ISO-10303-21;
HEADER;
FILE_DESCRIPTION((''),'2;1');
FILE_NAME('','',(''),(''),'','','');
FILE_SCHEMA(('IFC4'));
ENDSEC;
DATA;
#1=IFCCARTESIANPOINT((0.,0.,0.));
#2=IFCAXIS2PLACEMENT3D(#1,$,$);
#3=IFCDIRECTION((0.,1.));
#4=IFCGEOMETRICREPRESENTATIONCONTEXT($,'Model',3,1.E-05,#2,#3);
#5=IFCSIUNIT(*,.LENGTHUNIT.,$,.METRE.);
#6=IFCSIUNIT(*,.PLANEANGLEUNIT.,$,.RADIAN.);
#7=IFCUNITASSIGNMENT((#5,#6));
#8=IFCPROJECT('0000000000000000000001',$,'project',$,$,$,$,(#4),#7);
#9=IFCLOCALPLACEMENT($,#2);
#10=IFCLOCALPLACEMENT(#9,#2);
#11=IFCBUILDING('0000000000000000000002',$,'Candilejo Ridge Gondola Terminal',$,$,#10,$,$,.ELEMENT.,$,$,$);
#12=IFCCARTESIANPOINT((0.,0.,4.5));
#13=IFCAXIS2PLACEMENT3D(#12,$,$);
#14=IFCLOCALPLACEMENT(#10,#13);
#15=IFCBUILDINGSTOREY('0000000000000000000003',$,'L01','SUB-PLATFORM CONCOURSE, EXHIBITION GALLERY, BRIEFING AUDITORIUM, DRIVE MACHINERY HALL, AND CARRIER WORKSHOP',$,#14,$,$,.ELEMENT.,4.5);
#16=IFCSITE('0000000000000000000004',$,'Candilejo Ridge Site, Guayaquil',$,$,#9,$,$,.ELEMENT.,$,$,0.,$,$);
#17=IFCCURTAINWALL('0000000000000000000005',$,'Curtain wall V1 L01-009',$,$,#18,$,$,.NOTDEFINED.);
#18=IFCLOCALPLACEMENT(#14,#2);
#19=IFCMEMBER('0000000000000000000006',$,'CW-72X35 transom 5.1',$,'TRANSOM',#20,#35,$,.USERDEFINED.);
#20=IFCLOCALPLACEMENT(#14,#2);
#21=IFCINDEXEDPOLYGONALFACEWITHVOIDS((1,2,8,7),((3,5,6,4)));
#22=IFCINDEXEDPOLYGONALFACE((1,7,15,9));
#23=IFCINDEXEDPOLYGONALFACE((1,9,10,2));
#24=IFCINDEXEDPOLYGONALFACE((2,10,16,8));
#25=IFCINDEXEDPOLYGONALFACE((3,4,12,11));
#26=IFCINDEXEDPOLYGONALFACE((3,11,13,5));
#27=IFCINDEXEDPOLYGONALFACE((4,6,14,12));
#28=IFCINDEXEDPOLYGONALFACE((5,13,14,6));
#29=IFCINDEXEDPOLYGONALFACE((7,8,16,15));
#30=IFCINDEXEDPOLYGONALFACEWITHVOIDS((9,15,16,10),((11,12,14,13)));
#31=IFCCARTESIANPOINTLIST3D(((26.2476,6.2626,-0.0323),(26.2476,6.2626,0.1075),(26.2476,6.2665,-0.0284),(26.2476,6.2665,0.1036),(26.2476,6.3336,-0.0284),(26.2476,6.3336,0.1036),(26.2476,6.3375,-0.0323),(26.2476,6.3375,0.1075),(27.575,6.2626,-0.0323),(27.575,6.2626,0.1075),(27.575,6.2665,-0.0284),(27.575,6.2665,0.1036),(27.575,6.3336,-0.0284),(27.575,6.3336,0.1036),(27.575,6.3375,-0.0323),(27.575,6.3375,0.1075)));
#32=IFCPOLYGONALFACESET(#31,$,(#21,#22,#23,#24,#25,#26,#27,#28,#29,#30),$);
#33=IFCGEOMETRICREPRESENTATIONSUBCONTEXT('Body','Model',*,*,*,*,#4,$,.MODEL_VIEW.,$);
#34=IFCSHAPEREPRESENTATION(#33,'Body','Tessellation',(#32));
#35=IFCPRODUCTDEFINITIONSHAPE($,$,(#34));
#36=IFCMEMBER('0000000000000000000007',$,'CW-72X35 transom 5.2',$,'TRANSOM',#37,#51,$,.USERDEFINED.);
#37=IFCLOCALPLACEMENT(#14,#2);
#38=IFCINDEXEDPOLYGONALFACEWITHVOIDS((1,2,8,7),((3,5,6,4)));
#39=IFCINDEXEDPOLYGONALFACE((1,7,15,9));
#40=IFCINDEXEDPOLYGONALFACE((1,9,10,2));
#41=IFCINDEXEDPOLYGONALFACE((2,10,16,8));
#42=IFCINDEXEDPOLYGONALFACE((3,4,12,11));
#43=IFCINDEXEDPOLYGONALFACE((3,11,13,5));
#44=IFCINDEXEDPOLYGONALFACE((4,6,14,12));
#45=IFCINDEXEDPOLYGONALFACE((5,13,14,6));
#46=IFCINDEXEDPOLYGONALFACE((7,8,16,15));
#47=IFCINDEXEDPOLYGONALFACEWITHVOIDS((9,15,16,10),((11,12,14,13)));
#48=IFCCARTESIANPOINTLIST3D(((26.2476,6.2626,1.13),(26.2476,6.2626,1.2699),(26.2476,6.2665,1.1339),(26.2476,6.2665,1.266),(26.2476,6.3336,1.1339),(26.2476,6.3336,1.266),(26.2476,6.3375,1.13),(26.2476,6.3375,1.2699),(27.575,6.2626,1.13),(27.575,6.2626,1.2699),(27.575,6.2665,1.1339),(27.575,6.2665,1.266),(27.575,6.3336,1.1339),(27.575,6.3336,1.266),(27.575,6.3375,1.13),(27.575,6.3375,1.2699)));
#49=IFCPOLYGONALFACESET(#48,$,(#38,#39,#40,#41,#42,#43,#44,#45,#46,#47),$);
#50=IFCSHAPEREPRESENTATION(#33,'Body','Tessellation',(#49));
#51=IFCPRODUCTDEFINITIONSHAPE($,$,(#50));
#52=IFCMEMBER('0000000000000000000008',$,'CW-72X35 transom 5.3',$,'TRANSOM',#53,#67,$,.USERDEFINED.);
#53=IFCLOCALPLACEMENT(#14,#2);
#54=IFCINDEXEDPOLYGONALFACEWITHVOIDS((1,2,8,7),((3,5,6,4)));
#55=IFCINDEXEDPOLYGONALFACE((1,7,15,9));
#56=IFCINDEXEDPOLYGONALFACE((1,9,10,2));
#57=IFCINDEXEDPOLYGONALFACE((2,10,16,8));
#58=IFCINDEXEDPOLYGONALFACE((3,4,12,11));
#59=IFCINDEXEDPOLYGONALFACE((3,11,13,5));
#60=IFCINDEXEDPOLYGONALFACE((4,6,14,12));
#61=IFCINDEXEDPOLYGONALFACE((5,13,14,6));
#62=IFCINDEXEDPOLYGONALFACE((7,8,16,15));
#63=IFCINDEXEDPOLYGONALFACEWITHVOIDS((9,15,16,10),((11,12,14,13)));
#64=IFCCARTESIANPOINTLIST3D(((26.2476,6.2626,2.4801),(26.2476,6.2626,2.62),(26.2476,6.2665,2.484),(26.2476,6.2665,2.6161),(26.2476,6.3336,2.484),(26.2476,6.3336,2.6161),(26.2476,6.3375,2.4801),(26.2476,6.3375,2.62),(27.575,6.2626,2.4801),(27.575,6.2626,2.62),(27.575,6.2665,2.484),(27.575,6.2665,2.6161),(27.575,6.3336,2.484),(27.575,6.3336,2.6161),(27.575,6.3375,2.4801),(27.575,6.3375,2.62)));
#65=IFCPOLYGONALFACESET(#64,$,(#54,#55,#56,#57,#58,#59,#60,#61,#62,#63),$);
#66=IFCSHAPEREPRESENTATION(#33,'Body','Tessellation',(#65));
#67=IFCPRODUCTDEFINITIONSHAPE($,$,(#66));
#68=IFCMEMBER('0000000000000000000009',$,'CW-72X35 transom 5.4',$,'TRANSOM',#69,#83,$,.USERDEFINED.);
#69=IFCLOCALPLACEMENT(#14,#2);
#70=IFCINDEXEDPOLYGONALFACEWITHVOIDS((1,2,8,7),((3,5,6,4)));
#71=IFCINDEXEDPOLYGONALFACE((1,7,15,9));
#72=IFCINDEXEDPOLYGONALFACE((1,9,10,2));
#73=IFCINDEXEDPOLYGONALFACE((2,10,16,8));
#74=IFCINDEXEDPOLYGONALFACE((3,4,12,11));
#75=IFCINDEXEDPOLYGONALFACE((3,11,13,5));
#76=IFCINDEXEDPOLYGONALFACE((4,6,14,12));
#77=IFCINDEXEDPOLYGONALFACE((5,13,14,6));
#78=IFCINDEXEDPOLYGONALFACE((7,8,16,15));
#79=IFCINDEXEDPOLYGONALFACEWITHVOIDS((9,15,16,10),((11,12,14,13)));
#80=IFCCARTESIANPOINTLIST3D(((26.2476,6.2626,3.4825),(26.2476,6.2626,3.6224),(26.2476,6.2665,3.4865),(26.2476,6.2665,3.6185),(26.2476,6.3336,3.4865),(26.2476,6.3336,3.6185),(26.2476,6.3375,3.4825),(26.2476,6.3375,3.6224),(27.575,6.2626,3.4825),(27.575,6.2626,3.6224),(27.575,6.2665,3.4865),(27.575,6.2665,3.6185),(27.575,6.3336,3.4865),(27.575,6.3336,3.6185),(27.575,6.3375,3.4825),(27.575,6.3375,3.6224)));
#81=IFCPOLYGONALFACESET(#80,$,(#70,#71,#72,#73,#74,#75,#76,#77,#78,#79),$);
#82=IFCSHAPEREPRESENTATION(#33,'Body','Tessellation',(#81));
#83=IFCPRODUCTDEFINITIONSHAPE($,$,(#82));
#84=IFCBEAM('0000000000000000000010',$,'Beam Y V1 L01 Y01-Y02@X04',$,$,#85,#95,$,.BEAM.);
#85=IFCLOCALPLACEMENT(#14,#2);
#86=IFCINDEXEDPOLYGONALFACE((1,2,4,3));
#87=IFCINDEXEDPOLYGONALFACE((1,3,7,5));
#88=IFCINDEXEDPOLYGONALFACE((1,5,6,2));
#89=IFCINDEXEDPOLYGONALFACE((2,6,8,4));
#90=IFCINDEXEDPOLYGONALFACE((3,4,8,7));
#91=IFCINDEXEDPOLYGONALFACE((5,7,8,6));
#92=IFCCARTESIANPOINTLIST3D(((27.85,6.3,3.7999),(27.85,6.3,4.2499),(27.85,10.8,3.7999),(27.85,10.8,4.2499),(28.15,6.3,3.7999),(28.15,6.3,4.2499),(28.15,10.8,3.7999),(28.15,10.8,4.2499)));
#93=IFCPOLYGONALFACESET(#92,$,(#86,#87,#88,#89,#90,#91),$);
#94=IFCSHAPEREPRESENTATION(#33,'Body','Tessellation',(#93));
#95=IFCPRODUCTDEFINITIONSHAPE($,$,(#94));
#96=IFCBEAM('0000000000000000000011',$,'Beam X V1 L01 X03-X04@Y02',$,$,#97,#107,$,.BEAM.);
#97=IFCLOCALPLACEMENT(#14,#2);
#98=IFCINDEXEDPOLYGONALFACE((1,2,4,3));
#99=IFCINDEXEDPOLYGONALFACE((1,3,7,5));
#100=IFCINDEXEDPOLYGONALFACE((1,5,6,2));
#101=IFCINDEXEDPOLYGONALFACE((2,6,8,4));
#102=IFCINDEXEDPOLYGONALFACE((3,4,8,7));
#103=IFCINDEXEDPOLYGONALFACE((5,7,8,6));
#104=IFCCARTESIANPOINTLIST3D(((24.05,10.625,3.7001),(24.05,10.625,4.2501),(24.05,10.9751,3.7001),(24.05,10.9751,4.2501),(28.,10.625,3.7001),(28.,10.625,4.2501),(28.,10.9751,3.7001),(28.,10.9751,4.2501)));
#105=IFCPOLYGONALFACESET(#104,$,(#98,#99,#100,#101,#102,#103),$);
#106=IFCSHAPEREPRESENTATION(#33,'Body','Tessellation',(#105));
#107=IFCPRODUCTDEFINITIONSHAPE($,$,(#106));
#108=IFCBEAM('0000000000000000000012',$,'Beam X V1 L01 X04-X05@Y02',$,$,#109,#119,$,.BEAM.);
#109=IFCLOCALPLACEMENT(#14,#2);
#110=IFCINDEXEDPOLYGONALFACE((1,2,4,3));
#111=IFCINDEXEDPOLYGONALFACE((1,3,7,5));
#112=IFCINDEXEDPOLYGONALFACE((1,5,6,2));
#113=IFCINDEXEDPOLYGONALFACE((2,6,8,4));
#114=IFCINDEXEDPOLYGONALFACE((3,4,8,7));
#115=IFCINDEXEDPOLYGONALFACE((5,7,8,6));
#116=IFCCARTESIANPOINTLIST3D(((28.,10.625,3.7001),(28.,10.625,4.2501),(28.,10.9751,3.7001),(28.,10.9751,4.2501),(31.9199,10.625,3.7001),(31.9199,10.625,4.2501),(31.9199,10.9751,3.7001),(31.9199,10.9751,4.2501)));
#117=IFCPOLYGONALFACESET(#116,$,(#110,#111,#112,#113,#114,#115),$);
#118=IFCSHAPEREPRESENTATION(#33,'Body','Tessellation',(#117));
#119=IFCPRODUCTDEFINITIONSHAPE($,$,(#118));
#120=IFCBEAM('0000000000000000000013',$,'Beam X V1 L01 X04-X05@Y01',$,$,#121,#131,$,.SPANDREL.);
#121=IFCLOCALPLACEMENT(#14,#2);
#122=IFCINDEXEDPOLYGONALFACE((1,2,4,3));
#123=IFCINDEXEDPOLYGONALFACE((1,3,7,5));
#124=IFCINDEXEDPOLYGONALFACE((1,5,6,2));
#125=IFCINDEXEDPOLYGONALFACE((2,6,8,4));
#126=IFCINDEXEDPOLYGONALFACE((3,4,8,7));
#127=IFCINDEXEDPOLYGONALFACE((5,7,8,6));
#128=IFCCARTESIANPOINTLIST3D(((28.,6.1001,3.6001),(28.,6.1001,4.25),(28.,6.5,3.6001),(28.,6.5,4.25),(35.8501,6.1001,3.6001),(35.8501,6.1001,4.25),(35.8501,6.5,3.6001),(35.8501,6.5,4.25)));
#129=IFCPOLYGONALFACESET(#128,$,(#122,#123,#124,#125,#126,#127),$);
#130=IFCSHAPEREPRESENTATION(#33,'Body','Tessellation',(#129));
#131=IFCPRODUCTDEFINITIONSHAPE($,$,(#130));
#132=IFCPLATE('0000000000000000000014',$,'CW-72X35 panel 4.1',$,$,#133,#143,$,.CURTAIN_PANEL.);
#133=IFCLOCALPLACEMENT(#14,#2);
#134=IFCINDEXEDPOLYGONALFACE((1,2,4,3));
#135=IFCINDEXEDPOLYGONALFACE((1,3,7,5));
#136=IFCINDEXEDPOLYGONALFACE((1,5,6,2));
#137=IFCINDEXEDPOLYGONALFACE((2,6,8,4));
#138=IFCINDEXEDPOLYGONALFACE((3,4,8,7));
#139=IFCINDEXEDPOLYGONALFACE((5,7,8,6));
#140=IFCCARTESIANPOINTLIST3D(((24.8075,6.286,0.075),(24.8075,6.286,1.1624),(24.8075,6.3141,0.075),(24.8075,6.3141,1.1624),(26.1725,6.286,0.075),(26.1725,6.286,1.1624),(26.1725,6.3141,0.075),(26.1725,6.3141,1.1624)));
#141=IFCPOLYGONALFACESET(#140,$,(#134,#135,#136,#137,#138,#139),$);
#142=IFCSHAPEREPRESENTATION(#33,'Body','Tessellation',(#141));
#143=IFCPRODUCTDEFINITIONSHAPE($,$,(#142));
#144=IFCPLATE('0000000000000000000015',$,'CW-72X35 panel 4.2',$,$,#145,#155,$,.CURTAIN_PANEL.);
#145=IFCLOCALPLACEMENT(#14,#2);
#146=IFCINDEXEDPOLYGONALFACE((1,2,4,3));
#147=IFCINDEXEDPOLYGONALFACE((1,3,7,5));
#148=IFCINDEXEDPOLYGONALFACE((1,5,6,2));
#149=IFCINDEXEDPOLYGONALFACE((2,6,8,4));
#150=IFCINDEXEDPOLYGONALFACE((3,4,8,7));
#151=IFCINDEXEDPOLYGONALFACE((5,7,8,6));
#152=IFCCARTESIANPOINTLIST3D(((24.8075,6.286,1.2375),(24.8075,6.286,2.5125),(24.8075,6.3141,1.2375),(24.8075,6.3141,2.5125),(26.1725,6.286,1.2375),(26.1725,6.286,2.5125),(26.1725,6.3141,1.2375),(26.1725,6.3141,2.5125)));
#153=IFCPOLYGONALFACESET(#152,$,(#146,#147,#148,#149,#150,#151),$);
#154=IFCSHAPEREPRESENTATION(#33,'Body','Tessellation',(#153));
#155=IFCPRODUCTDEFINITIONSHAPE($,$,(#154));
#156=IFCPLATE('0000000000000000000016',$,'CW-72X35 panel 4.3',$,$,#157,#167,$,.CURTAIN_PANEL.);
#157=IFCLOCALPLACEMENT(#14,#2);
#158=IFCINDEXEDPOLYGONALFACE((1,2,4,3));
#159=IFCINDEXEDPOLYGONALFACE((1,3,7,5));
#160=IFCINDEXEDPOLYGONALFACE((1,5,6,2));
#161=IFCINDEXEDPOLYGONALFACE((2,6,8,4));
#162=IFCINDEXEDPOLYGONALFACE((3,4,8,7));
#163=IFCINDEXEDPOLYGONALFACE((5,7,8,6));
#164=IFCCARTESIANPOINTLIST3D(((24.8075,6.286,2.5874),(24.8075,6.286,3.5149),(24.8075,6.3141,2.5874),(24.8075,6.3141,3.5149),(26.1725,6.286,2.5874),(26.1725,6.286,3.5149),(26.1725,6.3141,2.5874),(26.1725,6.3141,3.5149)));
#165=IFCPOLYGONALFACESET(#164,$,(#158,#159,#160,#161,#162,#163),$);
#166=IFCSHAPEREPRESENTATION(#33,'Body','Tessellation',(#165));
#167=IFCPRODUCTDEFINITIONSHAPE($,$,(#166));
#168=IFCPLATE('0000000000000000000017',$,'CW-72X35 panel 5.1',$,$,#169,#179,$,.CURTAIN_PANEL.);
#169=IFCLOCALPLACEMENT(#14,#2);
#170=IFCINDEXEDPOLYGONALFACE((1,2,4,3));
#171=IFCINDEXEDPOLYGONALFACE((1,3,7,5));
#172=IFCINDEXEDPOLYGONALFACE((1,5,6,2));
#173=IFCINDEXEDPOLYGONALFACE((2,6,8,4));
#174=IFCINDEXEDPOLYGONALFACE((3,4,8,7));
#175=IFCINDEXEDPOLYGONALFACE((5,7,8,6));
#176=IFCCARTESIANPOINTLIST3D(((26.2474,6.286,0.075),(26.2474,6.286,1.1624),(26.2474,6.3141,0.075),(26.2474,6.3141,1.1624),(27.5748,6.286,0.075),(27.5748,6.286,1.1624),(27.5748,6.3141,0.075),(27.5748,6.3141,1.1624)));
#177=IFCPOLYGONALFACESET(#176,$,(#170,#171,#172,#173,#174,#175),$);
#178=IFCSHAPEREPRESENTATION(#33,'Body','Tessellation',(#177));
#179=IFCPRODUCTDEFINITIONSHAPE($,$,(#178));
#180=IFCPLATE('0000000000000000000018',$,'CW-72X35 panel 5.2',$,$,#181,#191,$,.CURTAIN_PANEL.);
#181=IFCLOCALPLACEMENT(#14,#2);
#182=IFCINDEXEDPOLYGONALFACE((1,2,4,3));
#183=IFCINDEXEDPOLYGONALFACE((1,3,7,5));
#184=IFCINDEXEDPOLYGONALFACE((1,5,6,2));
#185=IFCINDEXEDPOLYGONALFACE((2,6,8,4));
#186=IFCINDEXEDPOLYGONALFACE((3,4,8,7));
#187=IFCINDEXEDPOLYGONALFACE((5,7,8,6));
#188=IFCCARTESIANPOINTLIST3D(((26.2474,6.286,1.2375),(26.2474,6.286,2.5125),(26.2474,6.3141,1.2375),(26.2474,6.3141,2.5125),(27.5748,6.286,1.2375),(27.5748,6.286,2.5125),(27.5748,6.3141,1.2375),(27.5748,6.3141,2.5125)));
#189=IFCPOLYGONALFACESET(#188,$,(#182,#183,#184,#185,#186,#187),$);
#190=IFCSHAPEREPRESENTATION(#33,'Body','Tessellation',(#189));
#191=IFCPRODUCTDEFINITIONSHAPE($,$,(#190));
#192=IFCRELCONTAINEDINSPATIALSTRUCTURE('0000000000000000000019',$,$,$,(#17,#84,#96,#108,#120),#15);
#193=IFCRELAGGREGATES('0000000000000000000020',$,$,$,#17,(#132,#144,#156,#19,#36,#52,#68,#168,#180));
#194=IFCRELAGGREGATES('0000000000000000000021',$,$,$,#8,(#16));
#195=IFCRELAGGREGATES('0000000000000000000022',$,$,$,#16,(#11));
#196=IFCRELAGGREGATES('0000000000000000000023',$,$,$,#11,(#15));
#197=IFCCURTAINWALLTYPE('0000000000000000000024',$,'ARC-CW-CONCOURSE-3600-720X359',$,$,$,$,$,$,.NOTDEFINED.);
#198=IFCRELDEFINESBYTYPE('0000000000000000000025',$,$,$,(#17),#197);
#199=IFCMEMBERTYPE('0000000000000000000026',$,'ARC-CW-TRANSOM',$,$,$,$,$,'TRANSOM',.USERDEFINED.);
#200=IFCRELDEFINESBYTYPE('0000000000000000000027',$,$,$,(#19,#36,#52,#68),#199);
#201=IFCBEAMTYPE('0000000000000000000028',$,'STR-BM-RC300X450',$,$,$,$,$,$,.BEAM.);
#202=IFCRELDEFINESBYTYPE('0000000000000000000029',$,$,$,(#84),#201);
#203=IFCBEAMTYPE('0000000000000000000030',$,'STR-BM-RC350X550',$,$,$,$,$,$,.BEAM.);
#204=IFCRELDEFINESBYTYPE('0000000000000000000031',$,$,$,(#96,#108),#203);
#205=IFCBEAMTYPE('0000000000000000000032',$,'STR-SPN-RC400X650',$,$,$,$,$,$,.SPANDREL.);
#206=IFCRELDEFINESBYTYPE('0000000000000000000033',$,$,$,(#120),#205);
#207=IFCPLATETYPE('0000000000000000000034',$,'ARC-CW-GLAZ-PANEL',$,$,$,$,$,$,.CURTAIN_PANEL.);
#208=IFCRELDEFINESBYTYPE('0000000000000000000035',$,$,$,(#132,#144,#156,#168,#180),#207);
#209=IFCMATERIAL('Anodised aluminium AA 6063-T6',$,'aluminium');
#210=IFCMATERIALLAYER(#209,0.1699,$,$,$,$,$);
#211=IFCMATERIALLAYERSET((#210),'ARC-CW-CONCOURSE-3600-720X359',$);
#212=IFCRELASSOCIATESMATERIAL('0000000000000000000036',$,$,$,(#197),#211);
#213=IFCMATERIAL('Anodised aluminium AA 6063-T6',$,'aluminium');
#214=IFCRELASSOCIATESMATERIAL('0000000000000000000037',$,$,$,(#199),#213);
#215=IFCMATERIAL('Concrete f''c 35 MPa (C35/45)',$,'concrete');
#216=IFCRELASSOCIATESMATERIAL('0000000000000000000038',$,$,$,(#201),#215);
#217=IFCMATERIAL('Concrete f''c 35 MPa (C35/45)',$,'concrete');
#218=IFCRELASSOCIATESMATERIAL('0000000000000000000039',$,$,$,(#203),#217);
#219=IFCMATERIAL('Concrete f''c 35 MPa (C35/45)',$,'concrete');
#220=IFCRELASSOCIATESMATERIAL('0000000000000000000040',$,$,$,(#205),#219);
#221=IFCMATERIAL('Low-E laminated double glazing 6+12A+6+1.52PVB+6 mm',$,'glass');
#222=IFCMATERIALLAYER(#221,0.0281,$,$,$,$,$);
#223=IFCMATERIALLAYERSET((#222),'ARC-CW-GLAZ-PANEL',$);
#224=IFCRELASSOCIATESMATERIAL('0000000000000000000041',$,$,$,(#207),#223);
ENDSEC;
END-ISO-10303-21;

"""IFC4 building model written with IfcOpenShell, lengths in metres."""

from ifc_helpers import new_model, si_unit, direction, frame, origin, origin_2d, place, context, subcontext, project, spatial, rectangle, hollow_rectangle, extrude, material, layer, layer_set, material_profile, profile_set, type_object, element, aggregate, save


model = new_model("IFC4")

# Units and contexts
model_context = context("Model", 3, precision=1e-05, world=origin(), true_north=direction((0.0, 1.0)))
body_context = subcontext(model_context, "Body", "Model", "MODEL_VIEW")
ifc_project = project(units=[si_unit("LENGTHUNIT", "METRE"), si_unit("PLANEANGLEUNIT", "RADIAN")], contexts=[model_context])

# Site, building, storey
site_placement = place(None, origin())
site = spatial("IfcSite", under=ifc_project, at=site_placement, Name="Candilejo Ridge Site, Guayaquil", CompositionType="ELEMENT", RefElevation=0.0)
building_placement = place(site_placement, origin())
building = spatial("IfcBuilding", under=site, at=building_placement, Name="Candilejo Ridge Gondola Terminal", CompositionType="ELEMENT")
storey_placement = place(building_placement, frame((0.0, 0.0, 4.5)))
storey = spatial("IfcBuildingStorey", under=building, at=storey_placement, Name="L01", Description="SUB-PLATFORM CONCOURSE, EXHIBITION GALLERY, BRIEFING AUDITORIUM, DRIVE MACHINERY HALL, AND CARRIER WORKSHOP", CompositionType="ELEMENT", Elevation=4.5)

# Curtain wall, members
ifc_material_1 = material(Name="Anodised aluminium AA 6063-T6", Category="aluminium")
ifc_layer_1 = layer(ifc_material_1, 0.1699)
ifc_layer_set_1 = layer_set([ifc_layer_1], Name="ARC-CW-CONCOURSE-3600-720X359")
curtain_wall_type = type_object("IfcCurtainWallType", Name="ARC-CW-CONCOURSE-3600-720X359", PredefinedType="NOTDEFINED", material=ifc_layer_set_1)
curtain_wall_placement = place(storey_placement, origin())
curtain_wall = element("IfcCurtainWall", 1, at=curtain_wall_placement, inside=storey, type_object=curtain_wall_type, Name="Curtain wall V1 L01-009", PredefinedType="NOTDEFINED")
ifc_material_2 = material(Name="Anodised aluminium AA 6063-T6", Category="aluminium")
ifc_material_profile_1 = material_profile(ifc_material_2, hollow_rectangle(XDim=0.075, YDim=0.1399, WallThickness=0.0039, at=origin_2d()))
ifc_profile_set_1 = profile_set([ifc_material_profile_1], Name="Anodised aluminium AA 6063-T6")
member_type_1 = type_object("IfcMemberType", Name="ARC-CW-TRANSOM", ElementType="TRANSOM", PredefinedType="USERDEFINED", material=ifc_profile_set_1)
member_1_placement = place(storey_placement, frame((26.2476, 6.3, 0.0376), z_axis=(1.0, 0.0, 0.0), x_axis=(0.0, 1.0, 0.0)))
member_1 = element("IfcMember", 2, at=member_1_placement, type_object=member_type_1, Name="CW-72X35 transom 5.1", ObjectType="TRANSOM", PredefinedType="USERDEFINED", context=body_context, shape_type="SweptSolid", body=[
    extrude(hollow_rectangle(XDim=0.075, YDim=0.1399, WallThickness=0.0039, at=origin_2d()), origin(), (0.0, 0.0, 1.0), 1.3274),
])
member_2_placement = place(storey_placement, frame((26.2476, 6.3, 1.2), z_axis=(1.0, 0.0, 0.0), x_axis=(0.0, 1.0, 0.0)))
member_2 = element("IfcMember", 3, at=member_2_placement, type_object=member_type_1, Name="CW-72X35 transom 5.2", ObjectType="TRANSOM", PredefinedType="USERDEFINED", context=body_context, shape_type="SweptSolid", body=[
    extrude(hollow_rectangle(XDim=0.075, YDim=0.1399, WallThickness=0.0039, at=origin_2d()), origin(), (0.0, 0.0, 1.0), 1.3274),
])
member_3_placement = place(storey_placement, frame((26.2476, 6.3, 2.55), z_axis=(1.0, 0.0, 0.0), x_axis=(0.0, 1.0, 0.0)))
member_3 = element("IfcMember", 4, at=member_3_placement, type_object=member_type_1, Name="CW-72X35 transom 5.3", ObjectType="TRANSOM", PredefinedType="USERDEFINED", context=body_context, shape_type="SweptSolid", body=[
    extrude(hollow_rectangle(XDim=0.075, YDim=0.1399, WallThickness=0.0039, at=origin_2d()), origin(), (0.0, 0.0, 1.0), 1.3274),
])
member_4_placement = place(storey_placement, frame((26.2476, 6.3, 3.5525), z_axis=(1.0, 0.0, 0.0), x_axis=(0.0, 1.0, 0.0)))
member_4 = element("IfcMember", 5, at=member_4_placement, type_object=member_type_1, Name="CW-72X35 transom 5.4", ObjectType="TRANSOM", PredefinedType="USERDEFINED", context=body_context, shape_type="SweptSolid", body=[
    extrude(hollow_rectangle(XDim=0.075, YDim=0.1399, WallThickness=0.0039, at=origin_2d()), origin(), (0.0, 0.0, 1.0), 1.3274),
])

# Beams
ifc_material_3 = material(Name="Concrete f'c 35 MPa (C35/45)", Category="concrete")
ifc_material_profile_2 = material_profile(ifc_material_3, rectangle(XDim=0.3, YDim=0.45, at=origin_2d()))
ifc_profile_set_2 = profile_set([ifc_material_profile_2], Name="Concrete f'c 35 MPa (C35/45)")
beam_type_1 = type_object("IfcBeamType", Name="STR-BM-RC300X450", PredefinedType="BEAM", material=ifc_profile_set_2)
beam_1_placement = place(storey_placement, frame((28.0, 6.3, 4.0249), z_axis=(0.0, 1.0, 0.0), x_axis=(-1.0, 0.0, 0.0)))
element("IfcBeam", 6, at=beam_1_placement, inside=storey, type_object=beam_type_1, Name="Beam Y V1 L01 Y01-Y02@X04", PredefinedType="BEAM", context=body_context, shape_type="SweptSolid", body=[
    extrude(rectangle(XDim=0.3, YDim=0.45, at=origin_2d()), origin(), (0.0, 0.0, 1.0), 4.5),
])
ifc_material_4 = material(Name="Concrete f'c 35 MPa (C35/45)", Category="concrete")
ifc_material_profile_3 = material_profile(ifc_material_4, rectangle(XDim=0.3501, YDim=0.55, at=origin_2d()))
ifc_profile_set_3 = profile_set([ifc_material_profile_3], Name="Concrete f'c 35 MPa (C35/45)")
beam_type_2 = type_object("IfcBeamType", Name="STR-BM-RC350X550", PredefinedType="BEAM", material=ifc_profile_set_3)
beam_2_placement = place(storey_placement, frame((24.05, 10.8, 3.9751), z_axis=(1.0, 0.0, 0.0), x_axis=(0.0, 1.0, 0.0)))
element("IfcBeam", 7, at=beam_2_placement, inside=storey, type_object=beam_type_2, Name="Beam X V1 L01 X03-X04@Y02", PredefinedType="BEAM", context=body_context, shape_type="SweptSolid", body=[
    extrude(rectangle(XDim=0.3501, YDim=0.55, at=origin_2d()), origin(), (0.0, 0.0, 1.0), 3.95),
])
beam_3_placement = place(storey_placement, frame((28.0, 10.8, 3.9751), z_axis=(1.0, 0.0, 0.0), x_axis=(0.0, 1.0, 0.0)))
element("IfcBeam", 8, at=beam_3_placement, inside=storey, type_object=beam_type_2, Name="Beam X V1 L01 X04-X05@Y02", PredefinedType="BEAM", context=body_context, shape_type="SweptSolid", body=[
    extrude(rectangle(XDim=0.3501, YDim=0.55, at=origin_2d()), origin(), (0.0, 0.0, 1.0), 3.9199),
])
ifc_material_5 = material(Name="Concrete f'c 35 MPa (C35/45)", Category="concrete")
ifc_material_profile_4 = material_profile(ifc_material_5, rectangle(XDim=0.3999, YDim=0.6499, at=origin_2d()))
ifc_profile_set_4 = profile_set([ifc_material_profile_4], Name="Concrete f'c 35 MPa (C35/45)")
beam_type_3 = type_object("IfcBeamType", Name="STR-SPN-RC400X650", PredefinedType="SPANDREL", material=ifc_profile_set_4)
beam_4_placement = place(storey_placement, frame((28.0, 6.3, 3.925), z_axis=(1.0, 0.0, 0.0), x_axis=(0.0, 1.0, 0.0)))
element("IfcBeam", 9, at=beam_4_placement, inside=storey, type_object=beam_type_3, Name="Beam X V1 L01 X04-X05@Y01", PredefinedType="SPANDREL", context=body_context, shape_type="SweptSolid", body=[
    extrude(rectangle(XDim=0.3999, YDim=0.6499, at=origin_2d()), origin(), (0.0, 0.0, 1.0), 7.8501),
])

# Plates
ifc_material_6 = material(Name="Low-E laminated double glazing 6+12A+6+1.52PVB+6 mm", Category="glass")
ifc_layer_2 = layer(ifc_material_6, 0.0281)
ifc_layer_set_2 = layer_set([ifc_layer_2], Name="ARC-CW-GLAZ-PANEL")
plate_type = type_object("IfcPlateType", Name="ARC-CW-GLAZ-PANEL", PredefinedType="CURTAIN_PANEL", material=ifc_layer_set_2)
plate_1_placement = place(storey_placement, frame((25.49, 6.3, 0.075), z_axis=(0.0, 0.0, 1.0), x_axis=(1.0, 0.0, 0.0)))
plate_1 = element("IfcPlate", 10, at=plate_1_placement, type_object=plate_type, Name="CW-72X35 panel 4.1", PredefinedType="CURTAIN_PANEL", context=body_context, shape_type="SweptSolid", body=[
    extrude(rectangle(XDim=1.365, YDim=0.0281, at=origin_2d()), origin(), (0.0, 0.0, 1.0), 1.0874),
])
plate_2_placement = place(storey_placement, frame((25.49, 6.3, 1.2375), z_axis=(0.0, 0.0, 1.0), x_axis=(1.0, 0.0, 0.0)))
plate_2 = element("IfcPlate", 11, at=plate_2_placement, type_object=plate_type, Name="CW-72X35 panel 4.2", PredefinedType="CURTAIN_PANEL", context=body_context, shape_type="SweptSolid", body=[
    extrude(rectangle(XDim=1.365, YDim=0.0281, at=origin_2d()), origin(), (0.0, 0.0, 1.0), 1.2749),
])
plate_3_placement = place(storey_placement, frame((25.49, 6.3, 2.5874), z_axis=(0.0, 0.0, 1.0), x_axis=(1.0, 0.0, 0.0)))
plate_3 = element("IfcPlate", 12, at=plate_3_placement, type_object=plate_type, Name="CW-72X35 panel 4.3", PredefinedType="CURTAIN_PANEL", context=body_context, shape_type="SweptSolid", body=[
    extrude(rectangle(XDim=1.365, YDim=0.0281, at=origin_2d()), origin(), (0.0, 0.0, 1.0), 0.9275),
])
plate_4_placement = place(storey_placement, frame((26.9111, 6.3, 0.075), z_axis=(0.0, 0.0, 1.0), x_axis=(1.0, 0.0, 0.0)))
plate_4 = element("IfcPlate", 13, at=plate_4_placement, type_object=plate_type, Name="CW-72X35 panel 5.1", PredefinedType="CURTAIN_PANEL", context=body_context, shape_type="SweptSolid", body=[
    extrude(rectangle(XDim=1.3274, YDim=0.0281, at=origin_2d()), origin(), (0.0, 0.0, 1.0), 1.0874),
])
plate_5_placement = place(storey_placement, frame((26.9111, 6.3, 1.2375), z_axis=(0.0, 0.0, 1.0), x_axis=(1.0, 0.0, 0.0)))
plate_5 = element("IfcPlate", 14, at=plate_5_placement, type_object=plate_type, Name="CW-72X35 panel 5.2", PredefinedType="CURTAIN_PANEL", context=body_context, shape_type="SweptSolid", body=[
    extrude(rectangle(XDim=1.3274, YDim=0.0281, at=origin_2d()), origin(), (0.0, 0.0, 1.0), 1.2749),
])
aggregate(curtain_wall, [plate_1, plate_2, plate_3, member_1, member_2, member_3, member_4, plate_4, plate_5])

save(model, "model.ifc")
